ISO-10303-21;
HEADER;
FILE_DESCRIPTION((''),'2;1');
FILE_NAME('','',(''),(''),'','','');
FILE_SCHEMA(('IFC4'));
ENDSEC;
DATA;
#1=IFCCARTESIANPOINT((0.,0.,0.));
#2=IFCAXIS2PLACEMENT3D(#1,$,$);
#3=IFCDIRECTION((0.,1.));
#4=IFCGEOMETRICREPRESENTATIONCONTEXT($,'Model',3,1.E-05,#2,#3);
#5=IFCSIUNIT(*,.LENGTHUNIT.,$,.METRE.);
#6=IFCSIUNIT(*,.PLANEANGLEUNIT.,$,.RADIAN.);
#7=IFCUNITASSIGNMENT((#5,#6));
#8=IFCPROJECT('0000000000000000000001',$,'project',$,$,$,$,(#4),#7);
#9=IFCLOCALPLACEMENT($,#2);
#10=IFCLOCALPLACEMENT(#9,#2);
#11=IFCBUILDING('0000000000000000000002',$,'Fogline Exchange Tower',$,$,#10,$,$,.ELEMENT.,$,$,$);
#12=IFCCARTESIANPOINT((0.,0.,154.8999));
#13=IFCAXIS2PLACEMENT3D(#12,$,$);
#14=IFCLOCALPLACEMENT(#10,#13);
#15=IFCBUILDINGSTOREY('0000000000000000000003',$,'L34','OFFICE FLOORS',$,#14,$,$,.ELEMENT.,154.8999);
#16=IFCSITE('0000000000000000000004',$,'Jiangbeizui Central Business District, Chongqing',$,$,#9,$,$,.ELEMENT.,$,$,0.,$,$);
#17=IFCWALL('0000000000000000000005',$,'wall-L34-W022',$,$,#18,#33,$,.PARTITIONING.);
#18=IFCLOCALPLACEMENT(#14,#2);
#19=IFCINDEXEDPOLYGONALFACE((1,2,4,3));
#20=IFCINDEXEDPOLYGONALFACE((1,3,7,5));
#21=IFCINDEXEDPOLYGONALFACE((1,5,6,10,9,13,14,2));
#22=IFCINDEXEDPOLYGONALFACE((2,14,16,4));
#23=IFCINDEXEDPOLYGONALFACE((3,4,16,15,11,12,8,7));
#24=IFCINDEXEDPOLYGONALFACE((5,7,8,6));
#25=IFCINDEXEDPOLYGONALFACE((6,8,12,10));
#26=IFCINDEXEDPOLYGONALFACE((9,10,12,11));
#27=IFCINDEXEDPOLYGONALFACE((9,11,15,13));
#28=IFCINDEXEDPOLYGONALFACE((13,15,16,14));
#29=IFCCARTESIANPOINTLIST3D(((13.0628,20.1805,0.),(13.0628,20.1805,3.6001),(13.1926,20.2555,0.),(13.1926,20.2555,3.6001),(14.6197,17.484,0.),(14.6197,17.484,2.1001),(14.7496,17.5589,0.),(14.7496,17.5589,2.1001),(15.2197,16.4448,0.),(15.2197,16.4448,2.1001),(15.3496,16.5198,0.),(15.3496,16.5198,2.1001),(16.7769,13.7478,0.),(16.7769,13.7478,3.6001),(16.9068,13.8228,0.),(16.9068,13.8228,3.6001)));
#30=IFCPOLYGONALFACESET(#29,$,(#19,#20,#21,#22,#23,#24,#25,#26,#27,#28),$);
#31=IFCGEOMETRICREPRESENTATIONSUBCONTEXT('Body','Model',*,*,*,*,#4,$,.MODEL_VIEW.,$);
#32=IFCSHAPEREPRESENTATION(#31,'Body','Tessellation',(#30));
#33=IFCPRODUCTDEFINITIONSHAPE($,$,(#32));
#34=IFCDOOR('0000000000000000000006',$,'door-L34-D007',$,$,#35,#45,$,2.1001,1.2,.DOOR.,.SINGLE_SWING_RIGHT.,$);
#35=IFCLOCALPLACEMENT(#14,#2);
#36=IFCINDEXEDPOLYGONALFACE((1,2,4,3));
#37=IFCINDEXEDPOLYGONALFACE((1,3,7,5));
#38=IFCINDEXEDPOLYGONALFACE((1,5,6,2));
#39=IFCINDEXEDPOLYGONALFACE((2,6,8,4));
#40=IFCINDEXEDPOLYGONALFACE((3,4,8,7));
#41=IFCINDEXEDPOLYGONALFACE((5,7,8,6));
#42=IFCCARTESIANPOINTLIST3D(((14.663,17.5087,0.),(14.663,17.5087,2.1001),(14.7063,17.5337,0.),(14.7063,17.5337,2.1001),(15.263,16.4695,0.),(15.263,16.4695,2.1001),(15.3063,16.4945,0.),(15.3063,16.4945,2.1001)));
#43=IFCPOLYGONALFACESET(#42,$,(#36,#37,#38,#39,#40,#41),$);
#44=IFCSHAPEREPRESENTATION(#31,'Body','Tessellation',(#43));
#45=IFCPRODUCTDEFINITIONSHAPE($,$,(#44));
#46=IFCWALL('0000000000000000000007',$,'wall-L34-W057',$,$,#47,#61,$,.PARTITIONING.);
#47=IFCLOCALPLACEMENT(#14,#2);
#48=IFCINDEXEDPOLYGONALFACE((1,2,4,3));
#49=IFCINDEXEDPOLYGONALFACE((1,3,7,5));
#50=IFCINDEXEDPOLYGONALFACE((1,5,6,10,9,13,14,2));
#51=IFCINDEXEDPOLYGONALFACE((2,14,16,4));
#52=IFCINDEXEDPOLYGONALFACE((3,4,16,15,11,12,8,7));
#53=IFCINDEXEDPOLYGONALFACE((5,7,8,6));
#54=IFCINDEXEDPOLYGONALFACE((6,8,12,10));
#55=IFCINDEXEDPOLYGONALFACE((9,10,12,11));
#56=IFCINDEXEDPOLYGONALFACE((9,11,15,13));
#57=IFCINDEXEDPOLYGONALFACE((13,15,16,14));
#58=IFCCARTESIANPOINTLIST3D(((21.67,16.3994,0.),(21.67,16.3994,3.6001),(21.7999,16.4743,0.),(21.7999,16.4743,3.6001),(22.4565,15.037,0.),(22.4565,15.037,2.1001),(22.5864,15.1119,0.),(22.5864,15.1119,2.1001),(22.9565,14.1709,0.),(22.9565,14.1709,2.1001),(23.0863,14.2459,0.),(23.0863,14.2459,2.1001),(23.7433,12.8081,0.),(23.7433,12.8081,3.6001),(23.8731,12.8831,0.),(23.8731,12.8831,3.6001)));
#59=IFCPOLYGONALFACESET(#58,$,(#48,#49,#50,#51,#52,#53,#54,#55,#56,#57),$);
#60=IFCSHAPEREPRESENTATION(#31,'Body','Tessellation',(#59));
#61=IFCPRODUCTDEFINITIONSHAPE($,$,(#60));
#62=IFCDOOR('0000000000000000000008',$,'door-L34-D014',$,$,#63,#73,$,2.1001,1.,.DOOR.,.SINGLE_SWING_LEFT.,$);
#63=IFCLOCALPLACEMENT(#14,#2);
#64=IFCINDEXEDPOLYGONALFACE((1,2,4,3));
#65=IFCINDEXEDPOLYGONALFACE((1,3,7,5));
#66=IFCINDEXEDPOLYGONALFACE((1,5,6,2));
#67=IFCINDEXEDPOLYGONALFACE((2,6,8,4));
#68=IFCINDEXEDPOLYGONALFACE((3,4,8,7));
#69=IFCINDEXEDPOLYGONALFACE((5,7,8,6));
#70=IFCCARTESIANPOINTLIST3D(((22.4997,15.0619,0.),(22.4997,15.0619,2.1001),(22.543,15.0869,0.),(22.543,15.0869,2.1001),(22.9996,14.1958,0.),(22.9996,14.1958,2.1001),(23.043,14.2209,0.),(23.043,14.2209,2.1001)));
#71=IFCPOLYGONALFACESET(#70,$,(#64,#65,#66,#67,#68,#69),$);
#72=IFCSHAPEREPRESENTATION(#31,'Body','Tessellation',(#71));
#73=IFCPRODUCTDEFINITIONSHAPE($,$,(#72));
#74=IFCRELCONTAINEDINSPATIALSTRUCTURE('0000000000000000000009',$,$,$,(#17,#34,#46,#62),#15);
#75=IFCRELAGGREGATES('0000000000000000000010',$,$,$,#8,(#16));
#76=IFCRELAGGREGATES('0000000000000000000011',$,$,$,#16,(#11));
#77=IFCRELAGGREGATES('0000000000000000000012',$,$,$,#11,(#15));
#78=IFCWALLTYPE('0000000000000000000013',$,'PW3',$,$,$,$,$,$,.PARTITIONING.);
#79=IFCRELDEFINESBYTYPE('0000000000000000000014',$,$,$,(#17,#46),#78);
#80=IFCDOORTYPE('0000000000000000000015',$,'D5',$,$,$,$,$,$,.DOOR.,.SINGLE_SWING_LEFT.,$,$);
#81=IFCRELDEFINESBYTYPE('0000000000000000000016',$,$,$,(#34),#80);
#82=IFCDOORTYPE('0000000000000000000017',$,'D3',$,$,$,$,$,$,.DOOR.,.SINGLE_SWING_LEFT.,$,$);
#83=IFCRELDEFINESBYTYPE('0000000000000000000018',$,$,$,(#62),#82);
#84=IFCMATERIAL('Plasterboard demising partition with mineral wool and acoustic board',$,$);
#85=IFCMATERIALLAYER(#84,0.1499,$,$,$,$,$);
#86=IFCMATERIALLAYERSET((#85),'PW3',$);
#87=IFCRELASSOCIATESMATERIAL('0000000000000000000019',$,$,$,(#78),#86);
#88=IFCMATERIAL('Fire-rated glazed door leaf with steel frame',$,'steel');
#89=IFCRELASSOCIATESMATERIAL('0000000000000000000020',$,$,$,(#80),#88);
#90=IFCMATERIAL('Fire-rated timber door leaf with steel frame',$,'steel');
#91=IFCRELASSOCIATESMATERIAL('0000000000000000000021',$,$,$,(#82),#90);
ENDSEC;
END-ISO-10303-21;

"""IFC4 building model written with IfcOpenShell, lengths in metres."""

from ifc_helpers import new_model, si_unit, direction, frame, frame_2d, origin, place, context, subcontext, project, spatial, rectangle, extrude, material, layer, layer_set, type_object, element, fill, save


model = new_model("IFC4")

# Units and contexts
model_context = context("Model", 3, precision=1e-05, world=origin(), true_north=direction((0.0, 1.0)))
body_context = subcontext(model_context, "Body", "Model", "MODEL_VIEW")
ifc_project = project(units=[si_unit("LENGTHUNIT", "METRE"), si_unit("PLANEANGLEUNIT", "RADIAN")], contexts=[model_context])

# Site, building, storey
site_placement = place(None, origin())
site = spatial("IfcSite", under=ifc_project, at=site_placement, Name="Jiangbeizui Central Business District, Chongqing", CompositionType="ELEMENT", RefElevation=0.0)
building_placement = place(site_placement, origin())
building = spatial("IfcBuilding", under=site, at=building_placement, Name="Fogline Exchange Tower", CompositionType="ELEMENT")
storey_placement = place(building_placement, frame((0.0, 0.0, 154.8999)))
storey = spatial("IfcBuildingStorey", under=building, at=storey_placement, Name="L34", Description="OFFICE FLOORS", CompositionType="ELEMENT", Elevation=154.8999)

# Shared definitions
ifc_material_1 = material(Name="Plasterboard demising partition with mineral wool and acoustic board")
ifc_layer_1 = layer(ifc_material_1, 0.1499)
ifc_layer_set_1 = layer_set([ifc_layer_1], Name="PW3")
wall_type_1 = type_object("IfcWallType", Name="PW3", PredefinedType="PARTITIONING", material=ifc_layer_set_1)

# Walls, openings, doors
wall_1_placement = place(storey_placement, frame((16.8418, 13.7854, 0.0), z_axis=(0.0, 0.0, 1.0), x_axis=(-0.500024, 0.866012, 0.0)))
wall_1 = element("IfcWall", 1, at=wall_1_placement, inside=storey, type_object=wall_type_1, Name="wall-L34-W022", PredefinedType="PARTITIONING", context=body_context, shape_type="SweptSolid", body=[
    extrude(rectangle(XDim=7.428, YDim=0.1499, at=frame_2d((3.7139, 0.0))), origin(), (0.0, 0.0, 1.0), 3.6001),
])
opening_1_placement = place(wall_1_placement, frame((3.114, 0.0, 0.0)))
opening_1 = element("IfcOpeningElement", 2, at=opening_1_placement, cuts=wall_1, PredefinedType="OPENING", context=body_context, shape_type="SweptSolid", body=[
    extrude(rectangle(XDim=1.2, YDim=2.1001, at=frame_2d((0.6001, 1.05))), frame((0.0, 0.085, 0.0), z_axis=(0.0, -1.0, 0.0), x_axis=(1.0, 0.0, 0.0)), (0.0, 0.0, 1.0), 0.1699),
])
ifc_material_2 = material(Name="Fire-rated glazed door leaf with steel frame", Category="steel")
door_type_1 = type_object("IfcDoorType", Name="D5", OperationType="SINGLE_SWING_LEFT", PredefinedType="DOOR", material=ifc_material_2)
door_1_placement = place(opening_1_placement, frame((1.2, 0.0, 0.0), z_axis=(0.0, 0.0, 1.0), x_axis=(-1.0, 0.0, 0.0)))
door_1 = element("IfcDoor", 3, at=door_1_placement, inside=storey, type_object=door_type_1, Name="door-L34-D007", OperationType="SINGLE_SWING_RIGHT", OverallHeight=2.1001, OverallWidth=1.2, PredefinedType="DOOR", context=body_context, shape_type="SweptSolid", body=[
    extrude(rectangle(XDim=1.2, YDim=2.1001, at=frame_2d((0.6001, 1.05))), frame((0.0, 0.0249, 0.0), z_axis=(0.0, -1.0, 0.0), x_axis=(1.0, 0.0, 0.0)), (0.0, 0.0, 1.0), 0.05),
])
fill(opening_1, door_1)
wall_2_placement = place(storey_placement, frame((23.8081, 12.8457, 0.0), z_axis=(0.0, 0.0, 1.0), x_axis=(-0.499964, 0.866046, 0.0)))
wall_2 = element("IfcWall", 4, at=wall_2_placement, inside=storey, type_object=wall_type_1, Name="wall-L34-W057", PredefinedType="PARTITIONING", context=body_context, shape_type="SweptSolid", body=[
    extrude(rectangle(XDim=4.1467, YDim=0.1499, at=frame_2d((2.0732, 0.0))), origin(), (0.0, 0.0, 1.0), 3.6001),
])
opening_2_placement = place(wall_2_placement, frame((1.5735, 0.0, 0.0)))
opening_2 = element("IfcOpeningElement", 5, at=opening_2_placement, cuts=wall_2, PredefinedType="OPENING", context=body_context, shape_type="SweptSolid", body=[
    extrude(rectangle(XDim=1.0, YDim=2.1001, at=frame_2d((0.5, 1.05))), frame((0.0, 0.085, 0.0), z_axis=(0.0, -1.0, 0.0), x_axis=(1.0, 0.0, 0.0)), (0.0, 0.0, 1.0), 0.1699),
])
ifc_material_3 = material(Name="Fire-rated timber door leaf with steel frame", Category="steel")
door_type_2 = type_object("IfcDoorType", Name="D3", OperationType="SINGLE_SWING_LEFT", PredefinedType="DOOR", material=ifc_material_3)
door_2_placement = place(opening_2_placement, frame((1.0, 0.0, 0.0), z_axis=(0.0, 0.0, 1.0), x_axis=(-1.0, 0.0, 0.0)))
door_2 = element("IfcDoor", 6, at=door_2_placement, inside=storey, type_object=door_type_2, Name="door-L34-D014", OperationType="SINGLE_SWING_LEFT", OverallHeight=2.1001, OverallWidth=1.0, PredefinedType="DOOR", context=body_context, shape_type="SweptSolid", body=[
    extrude(rectangle(XDim=1.0, YDim=2.1001, at=frame_2d((0.5, 1.05))), frame((0.0, 0.0249, 0.0), z_axis=(0.0, -1.0, 0.0), x_axis=(1.0, 0.0, 0.0)), (0.0, 0.0, 1.0), 0.05),
])
fill(opening_2, door_2)

save(model, "model.ifc")
